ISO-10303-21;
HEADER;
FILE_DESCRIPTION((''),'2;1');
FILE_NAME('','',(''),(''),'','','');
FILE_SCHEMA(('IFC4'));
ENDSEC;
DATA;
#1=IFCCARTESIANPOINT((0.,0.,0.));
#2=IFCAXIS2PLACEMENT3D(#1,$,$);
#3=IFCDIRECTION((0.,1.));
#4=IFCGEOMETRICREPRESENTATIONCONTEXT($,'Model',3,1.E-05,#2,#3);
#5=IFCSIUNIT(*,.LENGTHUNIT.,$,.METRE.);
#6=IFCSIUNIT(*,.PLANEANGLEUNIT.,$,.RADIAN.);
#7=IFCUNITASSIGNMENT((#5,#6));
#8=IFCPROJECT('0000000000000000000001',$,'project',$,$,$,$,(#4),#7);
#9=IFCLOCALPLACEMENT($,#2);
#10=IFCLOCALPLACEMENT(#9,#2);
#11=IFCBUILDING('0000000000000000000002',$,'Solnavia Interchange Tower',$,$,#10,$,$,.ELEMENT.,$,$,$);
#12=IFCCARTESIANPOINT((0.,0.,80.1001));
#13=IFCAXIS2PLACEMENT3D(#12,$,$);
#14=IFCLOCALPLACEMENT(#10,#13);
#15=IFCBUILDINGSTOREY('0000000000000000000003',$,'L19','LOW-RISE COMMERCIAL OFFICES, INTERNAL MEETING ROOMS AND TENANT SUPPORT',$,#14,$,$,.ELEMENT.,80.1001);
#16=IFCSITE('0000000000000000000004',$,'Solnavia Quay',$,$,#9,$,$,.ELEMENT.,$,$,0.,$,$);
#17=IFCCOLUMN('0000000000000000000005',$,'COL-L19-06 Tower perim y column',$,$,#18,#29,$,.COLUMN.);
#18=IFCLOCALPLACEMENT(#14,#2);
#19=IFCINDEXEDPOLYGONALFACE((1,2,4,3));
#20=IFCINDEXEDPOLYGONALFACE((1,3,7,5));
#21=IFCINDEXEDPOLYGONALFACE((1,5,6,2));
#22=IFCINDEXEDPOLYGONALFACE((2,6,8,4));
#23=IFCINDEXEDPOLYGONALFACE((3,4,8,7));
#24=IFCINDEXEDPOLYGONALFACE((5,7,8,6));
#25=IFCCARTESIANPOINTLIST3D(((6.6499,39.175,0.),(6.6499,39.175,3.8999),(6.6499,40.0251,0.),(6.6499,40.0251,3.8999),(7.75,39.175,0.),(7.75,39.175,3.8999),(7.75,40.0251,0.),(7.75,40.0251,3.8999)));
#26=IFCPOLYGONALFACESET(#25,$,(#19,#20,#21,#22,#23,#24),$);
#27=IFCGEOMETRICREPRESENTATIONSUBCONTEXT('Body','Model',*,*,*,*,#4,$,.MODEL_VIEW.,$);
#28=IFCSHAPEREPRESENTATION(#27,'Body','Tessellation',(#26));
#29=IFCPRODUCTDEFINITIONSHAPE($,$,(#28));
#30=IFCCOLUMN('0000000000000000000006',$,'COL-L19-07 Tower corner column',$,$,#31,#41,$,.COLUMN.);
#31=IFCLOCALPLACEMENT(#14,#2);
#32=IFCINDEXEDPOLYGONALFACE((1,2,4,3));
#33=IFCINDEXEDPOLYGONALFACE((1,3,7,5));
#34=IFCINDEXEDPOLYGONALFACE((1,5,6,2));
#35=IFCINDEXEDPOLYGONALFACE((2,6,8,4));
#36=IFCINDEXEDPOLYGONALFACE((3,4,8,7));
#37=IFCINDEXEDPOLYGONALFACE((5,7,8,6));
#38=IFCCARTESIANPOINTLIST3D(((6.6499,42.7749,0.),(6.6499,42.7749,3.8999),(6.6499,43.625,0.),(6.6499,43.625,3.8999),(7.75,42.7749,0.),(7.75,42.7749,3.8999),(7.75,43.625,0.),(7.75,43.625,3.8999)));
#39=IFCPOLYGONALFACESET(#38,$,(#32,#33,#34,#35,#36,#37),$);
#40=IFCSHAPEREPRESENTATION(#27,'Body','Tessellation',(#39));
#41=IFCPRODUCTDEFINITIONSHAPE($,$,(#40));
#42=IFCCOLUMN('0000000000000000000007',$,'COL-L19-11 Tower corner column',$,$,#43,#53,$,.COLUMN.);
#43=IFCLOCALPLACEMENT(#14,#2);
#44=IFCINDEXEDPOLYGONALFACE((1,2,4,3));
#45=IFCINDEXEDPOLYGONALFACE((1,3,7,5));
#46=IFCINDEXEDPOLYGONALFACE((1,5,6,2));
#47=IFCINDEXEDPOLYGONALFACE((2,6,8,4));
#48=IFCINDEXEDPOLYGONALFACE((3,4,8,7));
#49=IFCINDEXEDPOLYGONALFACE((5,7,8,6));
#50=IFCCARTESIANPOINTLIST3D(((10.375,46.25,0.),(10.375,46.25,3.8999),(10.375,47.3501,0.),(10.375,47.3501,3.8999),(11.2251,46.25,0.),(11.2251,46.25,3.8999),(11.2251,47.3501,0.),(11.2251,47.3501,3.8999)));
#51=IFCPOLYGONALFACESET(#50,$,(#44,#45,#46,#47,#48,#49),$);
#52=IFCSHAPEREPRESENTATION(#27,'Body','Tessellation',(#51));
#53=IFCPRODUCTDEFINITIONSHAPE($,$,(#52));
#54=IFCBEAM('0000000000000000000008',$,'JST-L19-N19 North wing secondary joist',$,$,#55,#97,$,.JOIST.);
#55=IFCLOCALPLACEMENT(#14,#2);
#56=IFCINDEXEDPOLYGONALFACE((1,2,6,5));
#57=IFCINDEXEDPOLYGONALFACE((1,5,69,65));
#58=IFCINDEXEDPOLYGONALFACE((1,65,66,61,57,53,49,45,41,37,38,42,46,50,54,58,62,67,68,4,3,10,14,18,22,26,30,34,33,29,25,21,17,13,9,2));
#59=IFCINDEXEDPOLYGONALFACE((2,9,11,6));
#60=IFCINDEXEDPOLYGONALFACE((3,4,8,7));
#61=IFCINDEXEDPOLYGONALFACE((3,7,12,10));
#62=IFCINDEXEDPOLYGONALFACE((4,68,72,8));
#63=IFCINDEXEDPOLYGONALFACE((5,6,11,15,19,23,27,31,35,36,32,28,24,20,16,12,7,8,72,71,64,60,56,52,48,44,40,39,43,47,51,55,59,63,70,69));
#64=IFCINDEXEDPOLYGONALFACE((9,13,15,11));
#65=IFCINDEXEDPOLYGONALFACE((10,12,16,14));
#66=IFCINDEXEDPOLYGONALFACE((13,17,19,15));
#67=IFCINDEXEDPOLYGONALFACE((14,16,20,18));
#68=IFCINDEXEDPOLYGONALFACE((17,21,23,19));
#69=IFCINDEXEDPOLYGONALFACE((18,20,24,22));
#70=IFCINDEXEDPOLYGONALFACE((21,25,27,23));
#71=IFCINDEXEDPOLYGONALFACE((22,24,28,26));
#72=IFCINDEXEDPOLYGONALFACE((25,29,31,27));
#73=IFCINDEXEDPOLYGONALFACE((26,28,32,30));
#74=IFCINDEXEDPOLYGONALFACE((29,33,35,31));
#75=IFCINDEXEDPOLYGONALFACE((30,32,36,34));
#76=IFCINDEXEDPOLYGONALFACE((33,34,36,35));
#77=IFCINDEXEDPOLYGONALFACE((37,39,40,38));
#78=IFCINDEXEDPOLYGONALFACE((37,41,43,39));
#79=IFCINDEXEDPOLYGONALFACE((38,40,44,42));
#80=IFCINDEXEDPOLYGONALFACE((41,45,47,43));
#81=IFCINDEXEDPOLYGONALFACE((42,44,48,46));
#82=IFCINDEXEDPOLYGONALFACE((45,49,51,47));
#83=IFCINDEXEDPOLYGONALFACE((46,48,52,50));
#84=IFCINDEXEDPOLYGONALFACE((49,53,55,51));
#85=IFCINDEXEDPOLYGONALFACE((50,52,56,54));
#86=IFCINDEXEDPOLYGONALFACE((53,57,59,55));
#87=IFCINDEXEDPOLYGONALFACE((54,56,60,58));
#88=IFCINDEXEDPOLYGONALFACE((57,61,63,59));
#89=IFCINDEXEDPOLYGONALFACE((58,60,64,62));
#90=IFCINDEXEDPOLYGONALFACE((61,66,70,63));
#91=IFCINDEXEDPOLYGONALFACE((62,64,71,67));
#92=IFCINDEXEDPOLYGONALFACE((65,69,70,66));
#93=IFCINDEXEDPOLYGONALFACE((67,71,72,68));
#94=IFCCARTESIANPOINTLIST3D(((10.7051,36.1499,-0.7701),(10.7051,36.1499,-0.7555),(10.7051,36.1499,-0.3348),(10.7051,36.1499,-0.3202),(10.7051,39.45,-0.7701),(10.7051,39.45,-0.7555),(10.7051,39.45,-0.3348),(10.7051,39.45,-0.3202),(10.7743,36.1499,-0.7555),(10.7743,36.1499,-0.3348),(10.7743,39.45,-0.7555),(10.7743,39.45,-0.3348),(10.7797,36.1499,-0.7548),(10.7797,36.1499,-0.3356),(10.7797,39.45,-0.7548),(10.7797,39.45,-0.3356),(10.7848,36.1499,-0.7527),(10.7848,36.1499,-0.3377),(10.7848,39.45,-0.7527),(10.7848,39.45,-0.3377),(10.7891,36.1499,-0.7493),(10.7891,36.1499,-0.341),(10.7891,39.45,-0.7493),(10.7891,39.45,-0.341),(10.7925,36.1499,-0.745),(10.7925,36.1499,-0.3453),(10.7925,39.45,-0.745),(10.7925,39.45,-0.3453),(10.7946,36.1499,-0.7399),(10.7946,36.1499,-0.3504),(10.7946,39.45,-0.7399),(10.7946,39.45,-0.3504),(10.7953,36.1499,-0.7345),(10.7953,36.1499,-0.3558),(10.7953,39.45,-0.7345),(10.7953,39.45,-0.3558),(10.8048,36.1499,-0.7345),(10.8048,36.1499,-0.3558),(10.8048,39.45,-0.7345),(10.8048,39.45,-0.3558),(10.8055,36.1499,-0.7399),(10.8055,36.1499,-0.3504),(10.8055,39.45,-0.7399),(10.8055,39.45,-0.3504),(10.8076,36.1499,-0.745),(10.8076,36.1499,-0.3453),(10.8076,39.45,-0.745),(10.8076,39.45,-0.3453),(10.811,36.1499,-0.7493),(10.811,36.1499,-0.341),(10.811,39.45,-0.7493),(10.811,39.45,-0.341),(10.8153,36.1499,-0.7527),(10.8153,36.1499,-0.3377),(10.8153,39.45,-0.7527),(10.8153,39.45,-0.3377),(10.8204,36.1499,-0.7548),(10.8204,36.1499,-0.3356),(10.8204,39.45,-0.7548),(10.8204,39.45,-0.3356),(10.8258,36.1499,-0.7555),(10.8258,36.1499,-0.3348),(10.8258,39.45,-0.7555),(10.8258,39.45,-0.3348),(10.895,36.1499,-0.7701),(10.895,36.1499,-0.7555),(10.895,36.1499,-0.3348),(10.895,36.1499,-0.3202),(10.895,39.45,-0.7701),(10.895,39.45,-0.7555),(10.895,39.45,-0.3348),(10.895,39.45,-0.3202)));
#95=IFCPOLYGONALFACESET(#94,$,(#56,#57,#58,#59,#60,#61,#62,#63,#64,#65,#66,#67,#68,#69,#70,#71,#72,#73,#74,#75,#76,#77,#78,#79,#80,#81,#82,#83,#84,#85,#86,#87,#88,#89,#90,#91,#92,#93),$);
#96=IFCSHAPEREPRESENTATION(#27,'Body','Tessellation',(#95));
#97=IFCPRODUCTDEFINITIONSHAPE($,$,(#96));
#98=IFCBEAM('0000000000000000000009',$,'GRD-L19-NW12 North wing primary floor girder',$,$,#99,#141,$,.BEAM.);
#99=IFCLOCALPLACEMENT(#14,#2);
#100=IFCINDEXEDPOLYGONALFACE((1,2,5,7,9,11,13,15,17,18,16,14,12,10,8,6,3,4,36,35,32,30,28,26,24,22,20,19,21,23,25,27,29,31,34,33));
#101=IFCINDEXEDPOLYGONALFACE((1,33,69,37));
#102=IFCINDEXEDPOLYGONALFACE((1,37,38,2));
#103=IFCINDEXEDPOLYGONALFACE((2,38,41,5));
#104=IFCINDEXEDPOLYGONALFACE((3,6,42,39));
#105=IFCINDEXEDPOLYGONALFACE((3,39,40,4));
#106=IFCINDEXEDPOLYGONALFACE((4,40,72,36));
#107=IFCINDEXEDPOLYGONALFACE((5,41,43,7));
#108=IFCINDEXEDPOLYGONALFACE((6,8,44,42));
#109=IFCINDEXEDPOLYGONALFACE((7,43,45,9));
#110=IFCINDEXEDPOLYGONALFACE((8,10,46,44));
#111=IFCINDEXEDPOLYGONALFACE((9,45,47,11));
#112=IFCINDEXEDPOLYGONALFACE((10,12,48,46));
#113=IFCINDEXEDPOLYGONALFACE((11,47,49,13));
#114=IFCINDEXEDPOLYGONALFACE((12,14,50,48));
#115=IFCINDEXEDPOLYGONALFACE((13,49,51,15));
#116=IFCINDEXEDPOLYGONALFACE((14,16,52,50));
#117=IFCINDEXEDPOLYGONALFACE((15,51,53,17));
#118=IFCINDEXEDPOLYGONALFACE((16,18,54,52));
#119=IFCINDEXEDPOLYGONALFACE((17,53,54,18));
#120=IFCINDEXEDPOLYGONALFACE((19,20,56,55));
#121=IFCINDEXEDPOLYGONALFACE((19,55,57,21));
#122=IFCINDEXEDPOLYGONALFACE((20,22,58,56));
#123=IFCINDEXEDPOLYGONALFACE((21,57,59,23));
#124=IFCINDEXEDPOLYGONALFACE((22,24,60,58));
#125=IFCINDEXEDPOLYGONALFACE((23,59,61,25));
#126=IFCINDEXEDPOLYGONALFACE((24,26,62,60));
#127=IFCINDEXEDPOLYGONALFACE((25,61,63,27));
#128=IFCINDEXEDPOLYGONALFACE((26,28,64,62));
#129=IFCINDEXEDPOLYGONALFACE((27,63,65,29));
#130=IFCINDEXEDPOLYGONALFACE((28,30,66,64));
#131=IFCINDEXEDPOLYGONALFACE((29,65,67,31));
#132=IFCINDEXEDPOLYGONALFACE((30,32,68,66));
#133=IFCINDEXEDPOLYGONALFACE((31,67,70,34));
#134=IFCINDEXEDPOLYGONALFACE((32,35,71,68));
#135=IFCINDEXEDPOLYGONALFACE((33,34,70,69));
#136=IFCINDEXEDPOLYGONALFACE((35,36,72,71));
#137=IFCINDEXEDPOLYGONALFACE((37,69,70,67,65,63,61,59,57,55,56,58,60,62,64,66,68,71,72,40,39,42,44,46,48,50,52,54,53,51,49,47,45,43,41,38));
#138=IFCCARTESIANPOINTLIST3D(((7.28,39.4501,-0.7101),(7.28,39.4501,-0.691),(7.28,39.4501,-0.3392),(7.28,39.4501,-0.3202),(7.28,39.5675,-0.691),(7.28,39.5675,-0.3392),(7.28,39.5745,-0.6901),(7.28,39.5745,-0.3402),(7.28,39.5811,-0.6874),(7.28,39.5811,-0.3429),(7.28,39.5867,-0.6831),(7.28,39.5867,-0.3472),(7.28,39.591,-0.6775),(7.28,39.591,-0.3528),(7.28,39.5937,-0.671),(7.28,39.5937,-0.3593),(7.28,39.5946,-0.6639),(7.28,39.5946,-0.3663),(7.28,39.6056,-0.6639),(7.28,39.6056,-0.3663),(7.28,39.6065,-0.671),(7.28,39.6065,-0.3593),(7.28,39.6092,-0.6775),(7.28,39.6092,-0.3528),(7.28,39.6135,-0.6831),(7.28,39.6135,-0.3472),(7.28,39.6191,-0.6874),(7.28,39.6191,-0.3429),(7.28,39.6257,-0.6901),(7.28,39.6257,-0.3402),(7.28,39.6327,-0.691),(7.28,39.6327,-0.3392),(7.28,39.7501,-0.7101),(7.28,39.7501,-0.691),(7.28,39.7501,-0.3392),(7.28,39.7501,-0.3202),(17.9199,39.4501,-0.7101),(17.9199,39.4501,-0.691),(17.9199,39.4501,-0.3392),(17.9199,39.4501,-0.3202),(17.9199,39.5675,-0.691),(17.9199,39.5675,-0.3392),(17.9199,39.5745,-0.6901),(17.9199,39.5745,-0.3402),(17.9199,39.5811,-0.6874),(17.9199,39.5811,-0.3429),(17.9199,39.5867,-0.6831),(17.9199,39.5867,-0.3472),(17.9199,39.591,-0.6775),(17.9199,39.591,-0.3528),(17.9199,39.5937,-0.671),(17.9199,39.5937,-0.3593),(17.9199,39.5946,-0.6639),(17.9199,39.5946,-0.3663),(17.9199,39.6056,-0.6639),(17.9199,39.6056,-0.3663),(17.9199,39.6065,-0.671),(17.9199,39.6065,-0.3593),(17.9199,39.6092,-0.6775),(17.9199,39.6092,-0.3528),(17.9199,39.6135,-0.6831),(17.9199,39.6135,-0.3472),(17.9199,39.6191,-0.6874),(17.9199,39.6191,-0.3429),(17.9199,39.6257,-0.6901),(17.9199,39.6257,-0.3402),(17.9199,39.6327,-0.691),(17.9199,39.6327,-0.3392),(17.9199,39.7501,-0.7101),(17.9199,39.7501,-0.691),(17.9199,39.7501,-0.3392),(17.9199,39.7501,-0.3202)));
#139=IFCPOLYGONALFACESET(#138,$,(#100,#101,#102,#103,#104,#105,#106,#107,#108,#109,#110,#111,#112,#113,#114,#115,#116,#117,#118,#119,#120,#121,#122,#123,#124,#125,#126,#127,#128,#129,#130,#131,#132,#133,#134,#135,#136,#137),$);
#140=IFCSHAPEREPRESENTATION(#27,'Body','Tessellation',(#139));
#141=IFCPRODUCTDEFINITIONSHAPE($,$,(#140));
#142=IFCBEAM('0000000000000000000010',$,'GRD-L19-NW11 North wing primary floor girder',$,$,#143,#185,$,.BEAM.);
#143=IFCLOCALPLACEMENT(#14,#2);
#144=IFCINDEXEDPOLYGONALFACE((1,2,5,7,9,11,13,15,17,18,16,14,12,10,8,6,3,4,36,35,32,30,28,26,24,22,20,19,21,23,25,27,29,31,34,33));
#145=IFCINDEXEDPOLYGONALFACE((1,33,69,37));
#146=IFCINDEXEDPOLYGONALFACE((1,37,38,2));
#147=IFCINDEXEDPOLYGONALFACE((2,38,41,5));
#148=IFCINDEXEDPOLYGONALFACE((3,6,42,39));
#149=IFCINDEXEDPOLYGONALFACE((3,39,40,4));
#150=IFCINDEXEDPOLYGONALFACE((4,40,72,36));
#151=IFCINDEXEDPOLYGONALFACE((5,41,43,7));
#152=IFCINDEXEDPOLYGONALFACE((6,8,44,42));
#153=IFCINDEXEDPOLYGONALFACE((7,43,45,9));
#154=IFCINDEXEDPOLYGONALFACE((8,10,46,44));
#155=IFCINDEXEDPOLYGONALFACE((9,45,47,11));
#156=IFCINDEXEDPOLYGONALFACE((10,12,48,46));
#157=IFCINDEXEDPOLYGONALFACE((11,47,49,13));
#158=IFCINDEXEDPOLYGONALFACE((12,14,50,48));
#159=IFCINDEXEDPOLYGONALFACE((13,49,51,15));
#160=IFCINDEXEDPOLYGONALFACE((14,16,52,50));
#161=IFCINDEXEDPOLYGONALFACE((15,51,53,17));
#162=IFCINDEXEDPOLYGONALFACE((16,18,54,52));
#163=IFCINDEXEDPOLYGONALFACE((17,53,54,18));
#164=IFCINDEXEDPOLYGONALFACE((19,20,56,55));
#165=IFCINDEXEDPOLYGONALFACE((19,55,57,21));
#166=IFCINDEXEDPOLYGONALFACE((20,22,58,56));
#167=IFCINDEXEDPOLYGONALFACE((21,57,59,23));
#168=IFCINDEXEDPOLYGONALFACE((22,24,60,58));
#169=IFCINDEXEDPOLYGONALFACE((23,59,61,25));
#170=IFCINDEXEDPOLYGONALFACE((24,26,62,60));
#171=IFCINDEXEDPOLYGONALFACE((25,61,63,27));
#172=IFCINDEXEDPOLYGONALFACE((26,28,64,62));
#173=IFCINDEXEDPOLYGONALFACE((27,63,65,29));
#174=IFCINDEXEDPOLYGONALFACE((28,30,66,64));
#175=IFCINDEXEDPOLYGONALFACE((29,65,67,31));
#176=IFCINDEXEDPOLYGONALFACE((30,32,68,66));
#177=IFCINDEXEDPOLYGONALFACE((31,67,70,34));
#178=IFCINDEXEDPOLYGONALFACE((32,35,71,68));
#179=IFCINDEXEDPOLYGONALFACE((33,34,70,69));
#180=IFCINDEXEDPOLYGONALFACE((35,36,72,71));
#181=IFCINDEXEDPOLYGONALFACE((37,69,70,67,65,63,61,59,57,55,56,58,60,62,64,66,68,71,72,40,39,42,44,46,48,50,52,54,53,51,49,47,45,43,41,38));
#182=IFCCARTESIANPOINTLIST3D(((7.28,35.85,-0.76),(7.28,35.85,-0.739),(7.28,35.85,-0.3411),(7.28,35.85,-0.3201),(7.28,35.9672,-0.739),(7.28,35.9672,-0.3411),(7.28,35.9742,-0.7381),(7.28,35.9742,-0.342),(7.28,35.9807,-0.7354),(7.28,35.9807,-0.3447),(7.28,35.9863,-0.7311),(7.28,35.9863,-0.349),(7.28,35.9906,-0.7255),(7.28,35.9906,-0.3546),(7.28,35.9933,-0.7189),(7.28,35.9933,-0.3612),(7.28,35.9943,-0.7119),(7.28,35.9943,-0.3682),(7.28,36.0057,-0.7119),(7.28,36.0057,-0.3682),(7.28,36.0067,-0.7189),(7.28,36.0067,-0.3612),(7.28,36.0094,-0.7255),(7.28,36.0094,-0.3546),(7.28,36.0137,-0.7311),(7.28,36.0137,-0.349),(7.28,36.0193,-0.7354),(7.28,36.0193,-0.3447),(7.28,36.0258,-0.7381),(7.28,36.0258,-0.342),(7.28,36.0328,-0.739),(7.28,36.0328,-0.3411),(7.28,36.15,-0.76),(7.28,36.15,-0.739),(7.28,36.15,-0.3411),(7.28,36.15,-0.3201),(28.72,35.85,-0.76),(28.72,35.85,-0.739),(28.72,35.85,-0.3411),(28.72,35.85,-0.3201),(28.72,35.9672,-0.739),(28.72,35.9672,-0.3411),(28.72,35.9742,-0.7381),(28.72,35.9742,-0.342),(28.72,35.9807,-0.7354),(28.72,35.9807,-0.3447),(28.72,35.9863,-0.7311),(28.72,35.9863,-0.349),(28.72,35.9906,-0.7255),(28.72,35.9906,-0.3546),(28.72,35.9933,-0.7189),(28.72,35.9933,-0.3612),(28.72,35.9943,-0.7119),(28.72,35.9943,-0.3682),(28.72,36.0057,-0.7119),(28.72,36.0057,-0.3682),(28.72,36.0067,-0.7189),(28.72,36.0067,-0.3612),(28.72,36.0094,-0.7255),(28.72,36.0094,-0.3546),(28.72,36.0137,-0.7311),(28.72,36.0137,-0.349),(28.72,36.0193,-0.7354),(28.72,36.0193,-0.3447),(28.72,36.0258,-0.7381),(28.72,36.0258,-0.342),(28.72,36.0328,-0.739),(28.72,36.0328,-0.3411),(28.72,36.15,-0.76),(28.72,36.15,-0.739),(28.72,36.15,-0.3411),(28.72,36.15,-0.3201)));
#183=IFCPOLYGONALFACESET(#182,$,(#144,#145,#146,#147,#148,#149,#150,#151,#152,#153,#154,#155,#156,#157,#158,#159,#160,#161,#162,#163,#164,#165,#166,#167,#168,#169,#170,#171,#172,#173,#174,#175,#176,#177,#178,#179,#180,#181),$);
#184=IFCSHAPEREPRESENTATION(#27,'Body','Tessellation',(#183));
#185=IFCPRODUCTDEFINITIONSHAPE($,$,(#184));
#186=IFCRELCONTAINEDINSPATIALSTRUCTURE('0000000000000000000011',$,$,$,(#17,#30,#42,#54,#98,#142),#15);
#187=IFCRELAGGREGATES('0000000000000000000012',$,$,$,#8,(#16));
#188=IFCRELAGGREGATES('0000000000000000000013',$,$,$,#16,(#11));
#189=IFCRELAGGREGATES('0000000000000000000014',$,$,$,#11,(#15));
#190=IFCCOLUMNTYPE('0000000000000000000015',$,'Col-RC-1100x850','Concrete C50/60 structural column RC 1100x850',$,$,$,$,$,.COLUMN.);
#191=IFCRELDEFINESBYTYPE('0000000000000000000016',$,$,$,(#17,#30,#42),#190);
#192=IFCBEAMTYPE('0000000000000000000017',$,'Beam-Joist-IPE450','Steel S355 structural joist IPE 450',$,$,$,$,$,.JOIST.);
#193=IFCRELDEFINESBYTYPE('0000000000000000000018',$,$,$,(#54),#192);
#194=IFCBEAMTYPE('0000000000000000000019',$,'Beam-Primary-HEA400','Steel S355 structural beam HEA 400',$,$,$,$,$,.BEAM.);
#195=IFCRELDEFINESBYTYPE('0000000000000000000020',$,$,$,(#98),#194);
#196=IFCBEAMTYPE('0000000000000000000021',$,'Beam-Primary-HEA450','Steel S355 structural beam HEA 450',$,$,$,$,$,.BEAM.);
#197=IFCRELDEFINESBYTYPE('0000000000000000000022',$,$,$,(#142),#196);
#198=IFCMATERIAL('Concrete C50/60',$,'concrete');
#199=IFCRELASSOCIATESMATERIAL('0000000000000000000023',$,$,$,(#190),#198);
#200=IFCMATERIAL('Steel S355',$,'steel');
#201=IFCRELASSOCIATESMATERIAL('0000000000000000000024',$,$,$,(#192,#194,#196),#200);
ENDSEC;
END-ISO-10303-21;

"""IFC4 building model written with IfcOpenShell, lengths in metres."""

from ifc_helpers import new_model, si_unit, direction, frame, origin, origin_2d, place, context, subcontext, project, spatial, rectangle, i_section, extrude, material, material_profile, profile_set, type_object, element, save


model = new_model("IFC4")

# Units and contexts
model_context = context("Model", 3, precision=1e-05, world=origin(), true_north=direction((0.0, 1.0)))
body_context = subcontext(model_context, "Body", "Model", "MODEL_VIEW")
ifc_project = project(units=[si_unit("LENGTHUNIT", "METRE"), si_unit("PLANEANGLEUNIT", "RADIAN")], contexts=[model_context])

# Site, building, storey
site_placement = place(None, origin())
site = spatial("IfcSite", under=ifc_project, at=site_placement, Name="Solnavia Quay", CompositionType="ELEMENT", RefElevation=0.0)
building_placement = place(site_placement, origin())
building = spatial("IfcBuilding", under=site, at=building_placement, Name="Solnavia Interchange Tower", CompositionType="ELEMENT")
storey_placement = place(building_placement, frame((0.0, 0.0, 80.1001)))
storey = spatial("IfcBuildingStorey", under=building, at=storey_placement, Name="L19", Description="LOW-RISE COMMERCIAL OFFICES, INTERNAL MEETING ROOMS AND TENANT SUPPORT", CompositionType="ELEMENT", Elevation=80.1001)

# Columns
ifc_material_1 = material(Name="Concrete C50/60", Category="concrete")
ifc_material_profile_1 = material_profile(ifc_material_1, rectangle(XDim=0.8501, YDim=1.1001, at=origin_2d()), Name="RC 1100x850")
ifc_profile_set_1 = profile_set([ifc_material_profile_1], Name="Concrete C50/60")
column_type = type_object("IfcColumnType", Name="Col-RC-1100x850", Description="Concrete C50/60 structural column RC 1100x850", PredefinedType="COLUMN", material=ifc_profile_set_1)
for number, where, z_axis, x_axis, name in (
    (1, (7.2, 39.6001, 0.0), (0.0, 0.0, 1.0), (0.0, 1.0, 0.0), "COL-L19-06 Tower perim y column"),
    (2, (7.2, 43.2, 0.0), (0.0, 0.0, 1.0), (0.0, 1.0, 0.0), "COL-L19-07 Tower corner column"),
    (3, (10.8, 46.8, 0.0), (0.0, 0.0, 1.0), (1.0, 0.0, 0.0), "COL-L19-11 Tower corner column"),
):
    element("IfcColumn", number, at=place(storey_placement, frame(where, z_axis=z_axis, x_axis=x_axis)), inside=storey, type_object=column_type, Name=name, PredefinedType="COLUMN", context=body_context, shape_type="SweptSolid", body=[
        extrude(rectangle(XDim=0.8501, YDim=1.1001, at=origin_2d()), origin(), (0.0, 0.0, 1.0), 3.8999),
    ])

# Beams
ifc_material_2 = material(Name="Steel S355", Category="steel")
ifc_material_profile_2 = material_profile(ifc_material_2, i_section(OverallWidth=0.1899, OverallDepth=0.45, WebThickness=0.0095, FlangeThickness=0.0146, FilletRadius=0.021, at=origin_2d()), Name="IPE 450")
ifc_profile_set_2 = profile_set([ifc_material_profile_2], Name="Steel S355")
beam_type_1 = type_object("IfcBeamType", Name="Beam-Joist-IPE450", Description="Steel S355 structural joist IPE 450", PredefinedType="JOIST", material=ifc_profile_set_2)
beam_1_placement = place(storey_placement, frame((10.8, 36.1499, -0.5452), z_axis=(0.0, 1.0, 0.0), x_axis=(-1.0, 0.0, 0.0)))
element("IfcBeam", 4, at=beam_1_placement, inside=storey, type_object=beam_type_1, Name="JST-L19-N19 North wing secondary joist", PredefinedType="JOIST", context=body_context, shape_type="SweptSolid", body=[
    extrude(i_section(OverallWidth=0.1899, OverallDepth=0.45, WebThickness=0.0095, FlangeThickness=0.0146, FilletRadius=0.021, at=origin_2d()), origin(), (0.0, 0.0, 1.0), 3.3),
])
ifc_material_profile_3 = material_profile(ifc_material_2, i_section(OverallWidth=0.3, OverallDepth=0.3899, WebThickness=0.011, FlangeThickness=0.019, FilletRadius=0.0271, at=origin_2d()), Name="HEA 400")
ifc_profile_set_3 = profile_set([ifc_material_profile_3], Name="Steel S355")
beam_type_2 = type_object("IfcBeamType", Name="Beam-Primary-HEA400", Description="Steel S355 structural beam HEA 400", PredefinedType="BEAM", material=ifc_profile_set_3)
beam_2_placement = place(storey_placement, frame((7.28, 39.6001, -0.5151), z_axis=(1.0, 0.0, 0.0), x_axis=(0.0, 1.0, 0.0)))
element("IfcBeam", 5, at=beam_2_placement, inside=storey, type_object=beam_type_2, Name="GRD-L19-NW12 North wing primary floor girder", PredefinedType="BEAM", context=body_context, shape_type="SweptSolid", body=[
    extrude(i_section(OverallWidth=0.3, OverallDepth=0.3899, WebThickness=0.011, FlangeThickness=0.019, FilletRadius=0.0271, at=origin_2d()), origin(), (0.0, 0.0, 1.0), 10.6399),
])
ifc_material_profile_4 = material_profile(ifc_material_2, i_section(OverallWidth=0.3, OverallDepth=0.4399, WebThickness=0.0115, FlangeThickness=0.021, FilletRadius=0.0271, at=origin_2d()), Name="HEA 450")
ifc_profile_set_4 = profile_set([ifc_material_profile_4], Name="Steel S355")
beam_type_3 = type_object("IfcBeamType", Name="Beam-Primary-HEA450", Description="Steel S355 structural beam HEA 450", PredefinedType="BEAM", material=ifc_profile_set_4)
beam_3_placement = place(storey_placement, frame((7.28, 36.0, -0.54), z_axis=(1.0, 0.0, 0.0), x_axis=(0.0, 1.0, 0.0)))
element("IfcBeam", 6, at=beam_3_placement, inside=storey, type_object=beam_type_3, Name="GRD-L19-NW11 North wing primary floor girder", PredefinedType="BEAM", context=body_context, shape_type="SweptSolid", body=[
    extrude(i_section(OverallWidth=0.3, OverallDepth=0.4399, WebThickness=0.0115, FlangeThickness=0.021, FilletRadius=0.0271, at=origin_2d()), origin(), (0.0, 0.0, 1.0), 21.4399),
])

save(model, "model.ifc")
